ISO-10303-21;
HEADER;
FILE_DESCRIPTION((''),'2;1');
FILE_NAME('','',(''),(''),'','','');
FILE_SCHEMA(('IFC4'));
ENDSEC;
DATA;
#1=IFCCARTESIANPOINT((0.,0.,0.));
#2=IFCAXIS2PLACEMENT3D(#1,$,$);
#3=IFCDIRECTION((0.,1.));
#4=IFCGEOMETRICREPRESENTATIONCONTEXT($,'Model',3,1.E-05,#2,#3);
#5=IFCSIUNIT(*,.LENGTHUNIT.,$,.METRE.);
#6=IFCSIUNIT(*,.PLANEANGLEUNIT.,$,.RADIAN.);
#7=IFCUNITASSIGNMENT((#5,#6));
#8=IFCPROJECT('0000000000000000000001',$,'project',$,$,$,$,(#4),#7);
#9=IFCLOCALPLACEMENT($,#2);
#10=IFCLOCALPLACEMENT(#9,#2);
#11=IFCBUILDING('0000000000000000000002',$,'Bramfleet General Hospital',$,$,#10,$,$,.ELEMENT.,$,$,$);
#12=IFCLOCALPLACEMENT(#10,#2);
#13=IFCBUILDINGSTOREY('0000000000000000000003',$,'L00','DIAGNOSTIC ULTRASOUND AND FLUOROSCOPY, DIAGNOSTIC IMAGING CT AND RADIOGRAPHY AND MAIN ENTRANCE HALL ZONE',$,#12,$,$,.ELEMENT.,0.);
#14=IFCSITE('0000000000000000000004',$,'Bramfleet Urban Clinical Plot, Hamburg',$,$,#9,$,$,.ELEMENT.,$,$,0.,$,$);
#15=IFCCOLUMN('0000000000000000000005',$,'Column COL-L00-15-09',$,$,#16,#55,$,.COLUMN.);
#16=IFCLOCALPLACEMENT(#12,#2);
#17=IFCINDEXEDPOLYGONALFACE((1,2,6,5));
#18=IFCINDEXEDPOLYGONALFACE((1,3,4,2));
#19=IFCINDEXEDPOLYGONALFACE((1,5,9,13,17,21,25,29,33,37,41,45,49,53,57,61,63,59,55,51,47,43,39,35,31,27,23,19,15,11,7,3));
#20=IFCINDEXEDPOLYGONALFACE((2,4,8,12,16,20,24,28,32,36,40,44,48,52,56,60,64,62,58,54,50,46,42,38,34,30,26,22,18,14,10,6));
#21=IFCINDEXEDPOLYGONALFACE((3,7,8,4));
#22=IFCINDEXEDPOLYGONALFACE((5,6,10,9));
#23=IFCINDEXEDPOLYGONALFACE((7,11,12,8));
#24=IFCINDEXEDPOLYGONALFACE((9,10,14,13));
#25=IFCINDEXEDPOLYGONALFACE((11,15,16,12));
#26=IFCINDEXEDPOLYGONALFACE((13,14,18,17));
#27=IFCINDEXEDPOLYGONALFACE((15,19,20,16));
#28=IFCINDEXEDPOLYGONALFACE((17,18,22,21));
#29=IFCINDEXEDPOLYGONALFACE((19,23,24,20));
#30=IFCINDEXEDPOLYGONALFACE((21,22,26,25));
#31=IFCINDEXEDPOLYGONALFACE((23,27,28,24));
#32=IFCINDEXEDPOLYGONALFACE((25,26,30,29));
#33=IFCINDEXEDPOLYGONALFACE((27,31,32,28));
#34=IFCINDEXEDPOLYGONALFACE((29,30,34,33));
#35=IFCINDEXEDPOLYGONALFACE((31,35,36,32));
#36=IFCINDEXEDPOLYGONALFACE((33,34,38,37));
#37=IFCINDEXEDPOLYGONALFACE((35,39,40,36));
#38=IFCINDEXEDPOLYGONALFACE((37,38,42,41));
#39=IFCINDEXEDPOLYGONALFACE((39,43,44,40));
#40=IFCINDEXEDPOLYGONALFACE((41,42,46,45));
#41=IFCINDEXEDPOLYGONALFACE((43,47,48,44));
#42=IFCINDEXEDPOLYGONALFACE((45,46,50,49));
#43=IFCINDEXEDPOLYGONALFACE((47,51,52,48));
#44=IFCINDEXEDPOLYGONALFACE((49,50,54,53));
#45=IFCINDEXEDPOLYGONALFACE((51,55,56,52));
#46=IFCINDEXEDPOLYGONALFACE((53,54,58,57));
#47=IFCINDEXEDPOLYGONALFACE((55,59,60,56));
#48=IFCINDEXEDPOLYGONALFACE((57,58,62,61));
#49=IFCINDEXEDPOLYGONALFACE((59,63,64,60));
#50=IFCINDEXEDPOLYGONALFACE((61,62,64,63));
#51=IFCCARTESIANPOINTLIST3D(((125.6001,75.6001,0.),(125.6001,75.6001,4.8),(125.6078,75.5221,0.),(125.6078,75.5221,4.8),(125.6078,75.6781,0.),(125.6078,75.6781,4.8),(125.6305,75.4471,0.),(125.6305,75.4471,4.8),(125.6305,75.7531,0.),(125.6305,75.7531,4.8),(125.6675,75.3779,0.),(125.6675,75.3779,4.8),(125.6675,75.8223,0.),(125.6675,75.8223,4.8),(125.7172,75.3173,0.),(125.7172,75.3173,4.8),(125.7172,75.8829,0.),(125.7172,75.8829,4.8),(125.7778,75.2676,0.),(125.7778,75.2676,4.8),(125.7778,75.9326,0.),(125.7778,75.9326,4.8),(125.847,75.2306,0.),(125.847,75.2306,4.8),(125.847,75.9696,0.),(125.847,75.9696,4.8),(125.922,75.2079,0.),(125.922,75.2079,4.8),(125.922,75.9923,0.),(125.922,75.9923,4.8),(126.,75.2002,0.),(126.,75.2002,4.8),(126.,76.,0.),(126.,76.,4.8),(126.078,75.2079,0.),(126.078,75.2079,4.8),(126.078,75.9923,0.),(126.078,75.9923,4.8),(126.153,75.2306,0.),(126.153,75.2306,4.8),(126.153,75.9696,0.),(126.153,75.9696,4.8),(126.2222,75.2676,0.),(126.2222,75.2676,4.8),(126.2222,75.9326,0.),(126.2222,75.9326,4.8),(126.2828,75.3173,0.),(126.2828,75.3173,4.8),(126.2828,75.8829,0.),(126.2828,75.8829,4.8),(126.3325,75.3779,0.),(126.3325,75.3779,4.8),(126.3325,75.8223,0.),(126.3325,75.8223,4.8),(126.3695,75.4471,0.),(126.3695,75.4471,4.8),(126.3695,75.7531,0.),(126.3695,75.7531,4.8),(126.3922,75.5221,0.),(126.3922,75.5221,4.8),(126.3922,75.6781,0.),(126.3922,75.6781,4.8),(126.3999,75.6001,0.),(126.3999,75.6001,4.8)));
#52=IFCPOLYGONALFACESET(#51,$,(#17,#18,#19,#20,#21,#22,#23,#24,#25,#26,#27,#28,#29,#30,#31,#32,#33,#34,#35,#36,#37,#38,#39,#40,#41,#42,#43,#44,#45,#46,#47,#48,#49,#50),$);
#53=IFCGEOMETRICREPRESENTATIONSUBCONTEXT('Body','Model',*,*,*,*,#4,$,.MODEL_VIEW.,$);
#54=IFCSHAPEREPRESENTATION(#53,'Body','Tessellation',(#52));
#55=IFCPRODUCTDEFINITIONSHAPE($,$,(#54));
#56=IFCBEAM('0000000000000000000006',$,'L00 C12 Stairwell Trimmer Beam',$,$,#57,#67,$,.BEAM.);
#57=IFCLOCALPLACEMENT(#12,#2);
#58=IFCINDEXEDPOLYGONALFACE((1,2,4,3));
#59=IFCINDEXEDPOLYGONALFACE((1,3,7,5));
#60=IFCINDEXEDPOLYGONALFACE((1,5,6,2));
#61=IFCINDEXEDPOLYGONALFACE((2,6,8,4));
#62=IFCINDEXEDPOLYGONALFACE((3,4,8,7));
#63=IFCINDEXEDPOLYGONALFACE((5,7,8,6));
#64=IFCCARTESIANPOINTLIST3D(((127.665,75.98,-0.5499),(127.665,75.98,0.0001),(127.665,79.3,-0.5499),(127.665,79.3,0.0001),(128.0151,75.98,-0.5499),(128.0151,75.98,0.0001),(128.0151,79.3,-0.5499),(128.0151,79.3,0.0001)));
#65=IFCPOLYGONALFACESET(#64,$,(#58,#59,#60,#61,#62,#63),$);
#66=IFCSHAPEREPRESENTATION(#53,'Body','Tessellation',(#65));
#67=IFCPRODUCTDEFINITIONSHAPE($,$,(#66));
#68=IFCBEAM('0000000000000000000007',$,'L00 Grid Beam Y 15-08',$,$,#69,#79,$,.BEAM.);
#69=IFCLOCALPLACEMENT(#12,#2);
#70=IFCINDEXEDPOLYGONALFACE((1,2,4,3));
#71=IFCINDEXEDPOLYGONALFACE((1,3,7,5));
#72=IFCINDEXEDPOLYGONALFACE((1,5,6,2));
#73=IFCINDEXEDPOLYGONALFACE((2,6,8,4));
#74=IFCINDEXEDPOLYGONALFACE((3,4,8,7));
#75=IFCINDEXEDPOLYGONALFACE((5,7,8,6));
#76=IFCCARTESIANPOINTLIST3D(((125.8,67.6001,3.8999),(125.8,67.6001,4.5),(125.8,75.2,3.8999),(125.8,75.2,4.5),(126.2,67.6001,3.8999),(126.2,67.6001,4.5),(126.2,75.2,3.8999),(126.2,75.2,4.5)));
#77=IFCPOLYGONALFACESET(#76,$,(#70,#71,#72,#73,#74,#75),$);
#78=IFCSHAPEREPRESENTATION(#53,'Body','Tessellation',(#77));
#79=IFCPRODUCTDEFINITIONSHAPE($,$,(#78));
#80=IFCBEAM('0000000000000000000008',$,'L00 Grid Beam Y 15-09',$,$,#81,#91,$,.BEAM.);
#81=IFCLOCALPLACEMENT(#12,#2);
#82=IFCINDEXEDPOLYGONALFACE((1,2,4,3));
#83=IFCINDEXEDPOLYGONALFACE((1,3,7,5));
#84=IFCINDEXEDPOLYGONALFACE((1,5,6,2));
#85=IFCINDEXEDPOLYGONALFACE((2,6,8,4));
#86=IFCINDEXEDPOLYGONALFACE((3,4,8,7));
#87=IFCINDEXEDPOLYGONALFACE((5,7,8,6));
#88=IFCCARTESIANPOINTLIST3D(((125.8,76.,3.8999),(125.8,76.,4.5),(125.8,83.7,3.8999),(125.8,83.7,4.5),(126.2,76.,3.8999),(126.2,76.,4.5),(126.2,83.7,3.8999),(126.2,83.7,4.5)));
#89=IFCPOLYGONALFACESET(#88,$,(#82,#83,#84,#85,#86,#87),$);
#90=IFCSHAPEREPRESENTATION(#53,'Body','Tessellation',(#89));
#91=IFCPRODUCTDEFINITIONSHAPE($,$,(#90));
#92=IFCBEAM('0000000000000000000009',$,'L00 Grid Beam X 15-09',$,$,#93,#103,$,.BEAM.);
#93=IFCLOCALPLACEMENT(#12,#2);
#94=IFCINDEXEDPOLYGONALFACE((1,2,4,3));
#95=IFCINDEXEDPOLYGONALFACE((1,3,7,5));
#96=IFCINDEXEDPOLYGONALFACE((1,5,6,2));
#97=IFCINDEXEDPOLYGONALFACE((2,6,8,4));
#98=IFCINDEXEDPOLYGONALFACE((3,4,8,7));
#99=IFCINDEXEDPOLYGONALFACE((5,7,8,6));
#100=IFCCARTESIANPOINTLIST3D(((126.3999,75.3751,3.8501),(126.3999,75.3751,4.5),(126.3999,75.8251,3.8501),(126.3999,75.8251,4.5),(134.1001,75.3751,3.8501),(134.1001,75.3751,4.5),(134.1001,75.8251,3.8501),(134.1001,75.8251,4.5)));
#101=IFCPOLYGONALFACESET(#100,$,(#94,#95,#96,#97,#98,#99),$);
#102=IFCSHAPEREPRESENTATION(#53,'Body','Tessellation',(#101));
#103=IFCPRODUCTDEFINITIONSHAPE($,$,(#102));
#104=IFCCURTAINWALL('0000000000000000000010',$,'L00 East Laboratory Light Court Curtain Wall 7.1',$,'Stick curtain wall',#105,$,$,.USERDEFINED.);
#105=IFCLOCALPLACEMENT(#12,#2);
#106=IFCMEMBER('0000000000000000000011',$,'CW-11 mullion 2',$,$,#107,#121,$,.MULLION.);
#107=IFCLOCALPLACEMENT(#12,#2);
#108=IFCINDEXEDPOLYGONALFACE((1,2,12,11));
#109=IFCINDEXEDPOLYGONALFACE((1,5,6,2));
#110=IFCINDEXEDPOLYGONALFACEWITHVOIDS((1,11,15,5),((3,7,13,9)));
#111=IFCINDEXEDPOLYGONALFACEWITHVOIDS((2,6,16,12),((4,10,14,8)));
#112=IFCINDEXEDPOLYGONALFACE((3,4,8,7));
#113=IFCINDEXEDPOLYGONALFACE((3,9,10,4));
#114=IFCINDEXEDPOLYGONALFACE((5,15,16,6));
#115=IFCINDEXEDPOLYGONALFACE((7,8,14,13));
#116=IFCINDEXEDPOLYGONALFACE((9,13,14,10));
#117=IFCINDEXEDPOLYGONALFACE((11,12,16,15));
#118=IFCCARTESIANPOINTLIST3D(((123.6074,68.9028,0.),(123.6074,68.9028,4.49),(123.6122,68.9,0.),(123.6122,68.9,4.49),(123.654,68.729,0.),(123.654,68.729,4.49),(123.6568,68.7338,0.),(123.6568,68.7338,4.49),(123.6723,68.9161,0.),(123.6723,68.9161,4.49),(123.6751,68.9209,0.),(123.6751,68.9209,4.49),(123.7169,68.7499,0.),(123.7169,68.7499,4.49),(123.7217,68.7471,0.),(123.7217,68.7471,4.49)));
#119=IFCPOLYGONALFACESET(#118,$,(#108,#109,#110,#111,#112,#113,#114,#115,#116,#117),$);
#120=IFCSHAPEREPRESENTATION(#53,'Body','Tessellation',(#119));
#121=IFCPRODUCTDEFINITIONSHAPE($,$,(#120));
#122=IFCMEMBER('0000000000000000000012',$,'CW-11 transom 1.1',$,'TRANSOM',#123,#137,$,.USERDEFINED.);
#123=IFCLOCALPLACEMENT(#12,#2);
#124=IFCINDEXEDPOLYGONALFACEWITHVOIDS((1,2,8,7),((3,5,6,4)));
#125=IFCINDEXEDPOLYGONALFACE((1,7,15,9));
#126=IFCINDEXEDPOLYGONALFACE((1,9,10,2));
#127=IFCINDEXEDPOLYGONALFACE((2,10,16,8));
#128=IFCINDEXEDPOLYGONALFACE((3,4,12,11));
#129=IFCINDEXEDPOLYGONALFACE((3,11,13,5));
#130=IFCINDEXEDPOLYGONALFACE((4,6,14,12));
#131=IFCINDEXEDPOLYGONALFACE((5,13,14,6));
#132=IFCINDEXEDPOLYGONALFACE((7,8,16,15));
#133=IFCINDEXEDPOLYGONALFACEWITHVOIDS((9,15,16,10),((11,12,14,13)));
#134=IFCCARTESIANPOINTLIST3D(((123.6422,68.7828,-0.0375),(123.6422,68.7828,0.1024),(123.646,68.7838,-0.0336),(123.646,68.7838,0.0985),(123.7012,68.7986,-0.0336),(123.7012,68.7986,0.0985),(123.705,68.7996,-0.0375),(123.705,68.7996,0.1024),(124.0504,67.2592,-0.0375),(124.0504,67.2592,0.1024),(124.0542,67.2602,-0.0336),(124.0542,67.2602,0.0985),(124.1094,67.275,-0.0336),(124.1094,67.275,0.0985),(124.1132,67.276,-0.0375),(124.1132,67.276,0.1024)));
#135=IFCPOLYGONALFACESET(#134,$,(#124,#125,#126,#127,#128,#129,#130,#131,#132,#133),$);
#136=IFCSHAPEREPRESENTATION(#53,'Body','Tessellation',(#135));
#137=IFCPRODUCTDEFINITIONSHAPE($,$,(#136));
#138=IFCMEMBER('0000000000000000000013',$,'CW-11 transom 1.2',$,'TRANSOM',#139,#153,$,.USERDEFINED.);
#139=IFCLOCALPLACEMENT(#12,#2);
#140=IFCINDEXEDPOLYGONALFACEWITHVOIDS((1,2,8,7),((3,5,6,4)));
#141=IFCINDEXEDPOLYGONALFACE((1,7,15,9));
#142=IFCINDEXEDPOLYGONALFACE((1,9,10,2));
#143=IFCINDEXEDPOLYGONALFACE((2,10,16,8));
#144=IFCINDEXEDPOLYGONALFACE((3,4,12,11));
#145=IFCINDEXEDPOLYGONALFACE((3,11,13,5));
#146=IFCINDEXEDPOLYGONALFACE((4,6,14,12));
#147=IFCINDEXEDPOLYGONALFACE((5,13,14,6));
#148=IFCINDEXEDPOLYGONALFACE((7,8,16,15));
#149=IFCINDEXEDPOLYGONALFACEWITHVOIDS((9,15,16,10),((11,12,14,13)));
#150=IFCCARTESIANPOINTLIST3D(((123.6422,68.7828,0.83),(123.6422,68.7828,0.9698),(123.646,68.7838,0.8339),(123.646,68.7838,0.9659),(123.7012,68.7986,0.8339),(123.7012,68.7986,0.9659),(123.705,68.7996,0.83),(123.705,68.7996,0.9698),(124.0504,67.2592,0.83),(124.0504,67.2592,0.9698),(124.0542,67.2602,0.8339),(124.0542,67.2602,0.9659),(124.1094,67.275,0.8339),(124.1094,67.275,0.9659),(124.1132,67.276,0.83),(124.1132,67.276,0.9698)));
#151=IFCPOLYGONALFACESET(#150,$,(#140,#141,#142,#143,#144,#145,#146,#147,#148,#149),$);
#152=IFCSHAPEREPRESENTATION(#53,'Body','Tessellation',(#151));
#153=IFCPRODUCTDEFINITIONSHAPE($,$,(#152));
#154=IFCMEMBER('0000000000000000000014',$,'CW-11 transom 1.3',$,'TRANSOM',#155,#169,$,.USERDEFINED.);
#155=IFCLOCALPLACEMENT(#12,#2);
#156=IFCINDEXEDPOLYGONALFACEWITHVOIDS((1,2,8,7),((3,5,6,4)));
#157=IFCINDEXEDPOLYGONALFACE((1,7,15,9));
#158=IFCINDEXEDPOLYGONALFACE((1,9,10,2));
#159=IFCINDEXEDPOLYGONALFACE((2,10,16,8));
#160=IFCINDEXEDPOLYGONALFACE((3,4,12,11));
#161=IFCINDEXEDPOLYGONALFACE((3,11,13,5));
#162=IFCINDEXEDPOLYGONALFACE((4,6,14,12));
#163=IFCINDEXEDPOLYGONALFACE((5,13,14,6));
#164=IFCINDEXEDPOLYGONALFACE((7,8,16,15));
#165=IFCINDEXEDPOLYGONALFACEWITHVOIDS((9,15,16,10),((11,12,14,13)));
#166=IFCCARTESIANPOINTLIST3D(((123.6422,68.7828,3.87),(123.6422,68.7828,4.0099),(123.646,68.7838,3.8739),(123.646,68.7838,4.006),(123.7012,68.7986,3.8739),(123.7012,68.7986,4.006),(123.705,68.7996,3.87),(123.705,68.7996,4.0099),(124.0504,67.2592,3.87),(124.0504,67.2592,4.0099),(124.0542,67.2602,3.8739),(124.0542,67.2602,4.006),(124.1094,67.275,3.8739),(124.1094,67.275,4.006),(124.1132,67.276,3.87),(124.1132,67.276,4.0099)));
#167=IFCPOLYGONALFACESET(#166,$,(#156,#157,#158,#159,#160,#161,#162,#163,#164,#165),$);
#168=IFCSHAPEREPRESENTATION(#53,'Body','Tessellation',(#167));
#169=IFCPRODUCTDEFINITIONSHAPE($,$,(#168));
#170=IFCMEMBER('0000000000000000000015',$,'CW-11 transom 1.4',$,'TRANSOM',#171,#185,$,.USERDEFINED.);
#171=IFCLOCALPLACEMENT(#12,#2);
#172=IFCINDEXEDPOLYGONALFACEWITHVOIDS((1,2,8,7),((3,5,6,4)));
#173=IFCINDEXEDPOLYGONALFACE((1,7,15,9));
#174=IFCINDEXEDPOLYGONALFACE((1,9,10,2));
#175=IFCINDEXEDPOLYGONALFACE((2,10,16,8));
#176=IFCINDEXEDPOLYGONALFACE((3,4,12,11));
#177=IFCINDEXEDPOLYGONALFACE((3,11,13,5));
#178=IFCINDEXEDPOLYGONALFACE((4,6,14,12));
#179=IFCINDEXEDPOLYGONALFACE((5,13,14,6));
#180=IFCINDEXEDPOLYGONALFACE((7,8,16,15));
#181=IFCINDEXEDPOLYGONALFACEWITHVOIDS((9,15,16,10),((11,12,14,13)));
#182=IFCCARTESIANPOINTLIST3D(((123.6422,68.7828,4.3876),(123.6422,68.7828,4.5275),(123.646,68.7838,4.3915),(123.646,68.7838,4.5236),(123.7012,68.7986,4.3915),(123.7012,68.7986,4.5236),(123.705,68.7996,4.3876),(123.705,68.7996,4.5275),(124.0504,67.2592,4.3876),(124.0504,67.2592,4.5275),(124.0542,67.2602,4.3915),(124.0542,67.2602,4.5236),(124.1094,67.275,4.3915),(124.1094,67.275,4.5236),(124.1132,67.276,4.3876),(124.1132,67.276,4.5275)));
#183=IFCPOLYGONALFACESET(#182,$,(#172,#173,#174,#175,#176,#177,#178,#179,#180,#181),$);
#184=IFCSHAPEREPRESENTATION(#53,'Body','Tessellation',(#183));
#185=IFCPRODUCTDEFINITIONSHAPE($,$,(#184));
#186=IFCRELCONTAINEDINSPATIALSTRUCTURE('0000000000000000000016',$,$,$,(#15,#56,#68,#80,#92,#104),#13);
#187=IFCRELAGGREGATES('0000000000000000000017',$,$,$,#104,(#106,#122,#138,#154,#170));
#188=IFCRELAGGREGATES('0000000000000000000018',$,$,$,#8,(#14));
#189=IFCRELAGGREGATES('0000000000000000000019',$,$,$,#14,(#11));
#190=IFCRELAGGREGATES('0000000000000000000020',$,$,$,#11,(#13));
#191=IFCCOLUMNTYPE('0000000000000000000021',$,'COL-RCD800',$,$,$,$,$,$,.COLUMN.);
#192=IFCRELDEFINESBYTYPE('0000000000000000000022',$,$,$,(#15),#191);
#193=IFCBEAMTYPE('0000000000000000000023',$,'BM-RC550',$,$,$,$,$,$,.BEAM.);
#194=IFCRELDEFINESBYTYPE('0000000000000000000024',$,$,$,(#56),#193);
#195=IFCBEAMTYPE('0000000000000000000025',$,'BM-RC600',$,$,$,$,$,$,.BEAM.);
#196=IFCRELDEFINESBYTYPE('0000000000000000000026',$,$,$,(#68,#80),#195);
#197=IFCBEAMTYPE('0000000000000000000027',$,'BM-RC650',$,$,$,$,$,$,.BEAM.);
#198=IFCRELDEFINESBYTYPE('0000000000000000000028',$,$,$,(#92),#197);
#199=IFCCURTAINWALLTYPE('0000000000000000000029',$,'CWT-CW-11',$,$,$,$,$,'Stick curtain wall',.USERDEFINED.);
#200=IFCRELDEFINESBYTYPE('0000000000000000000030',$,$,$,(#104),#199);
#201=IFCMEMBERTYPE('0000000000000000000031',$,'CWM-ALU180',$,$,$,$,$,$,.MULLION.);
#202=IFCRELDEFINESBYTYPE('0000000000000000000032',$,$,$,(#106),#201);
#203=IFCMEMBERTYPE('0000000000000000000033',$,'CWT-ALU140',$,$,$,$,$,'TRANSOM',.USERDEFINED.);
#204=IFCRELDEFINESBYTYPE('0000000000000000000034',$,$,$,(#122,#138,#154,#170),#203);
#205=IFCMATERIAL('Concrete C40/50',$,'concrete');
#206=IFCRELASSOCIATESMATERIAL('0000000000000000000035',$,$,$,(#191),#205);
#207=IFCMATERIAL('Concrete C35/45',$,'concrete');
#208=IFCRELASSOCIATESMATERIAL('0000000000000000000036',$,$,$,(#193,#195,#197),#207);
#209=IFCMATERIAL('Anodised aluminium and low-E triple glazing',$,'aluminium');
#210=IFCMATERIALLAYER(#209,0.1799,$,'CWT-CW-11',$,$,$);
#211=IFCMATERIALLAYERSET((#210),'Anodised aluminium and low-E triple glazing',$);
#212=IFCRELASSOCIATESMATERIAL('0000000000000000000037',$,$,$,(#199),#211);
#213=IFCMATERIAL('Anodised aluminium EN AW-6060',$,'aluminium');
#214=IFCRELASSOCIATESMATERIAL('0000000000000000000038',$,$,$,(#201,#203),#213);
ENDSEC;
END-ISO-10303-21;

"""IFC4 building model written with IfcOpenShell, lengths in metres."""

from ifc_helpers import new_model, si_unit, direction, frame, origin, origin_2d, place, context, subcontext, project, spatial, rectangle, hollow_rectangle, circle, extrude, material, layer, layer_set, material_profile, profile_set, type_object, element, aggregate, save


model = new_model("IFC4")

# Units and contexts
model_context = context("Model", 3, precision=1e-05, world=origin(), true_north=direction((0.0, 1.0)))
body_context = subcontext(model_context, "Body", "Model", "MODEL_VIEW")
ifc_project = project(units=[si_unit("LENGTHUNIT", "METRE"), si_unit("PLANEANGLEUNIT", "RADIAN")], contexts=[model_context])

# Site, building, storey
site_placement = place(None, origin())
site = spatial("IfcSite", under=ifc_project, at=site_placement, Name="Bramfleet Urban Clinical Plot, Hamburg", CompositionType="ELEMENT", RefElevation=0.0)
building_placement = place(site_placement, origin())
building = spatial("IfcBuilding", under=site, at=building_placement, Name="Bramfleet General Hospital", CompositionType="ELEMENT")
storey_placement = place(building_placement, origin())
storey = spatial("IfcBuildingStorey", under=building, at=storey_placement, Name="L00", Description="DIAGNOSTIC ULTRASOUND AND FLUOROSCOPY, DIAGNOSTIC IMAGING CT AND RADIOGRAPHY AND MAIN ENTRANCE HALL ZONE", CompositionType="ELEMENT", Elevation=0.0)

# Column
ifc_material_1 = material(Name="Concrete C40/50", Category="concrete")
ifc_material_profile_1 = material_profile(ifc_material_1, circle(Radius=0.3999, at=origin_2d()), Name="RC ROUND D800")
ifc_profile_set_1 = profile_set([ifc_material_profile_1], Name="Concrete C40/50")
column_type = type_object("IfcColumnType", Name="COL-RCD800", PredefinedType="COLUMN", material=ifc_profile_set_1)
column_placement = place(storey_placement, frame((126.0, 75.6001, 0.0), z_axis=(0.0, 0.0, 1.0), x_axis=(1.0, 0.0, 0.0)))
element("IfcColumn", 1, at=column_placement, inside=storey, type_object=column_type, Name="Column COL-L00-15-09", PredefinedType="COLUMN", context=body_context, shape_type="SweptSolid", body=[
    extrude(circle(Radius=0.3999, at=origin_2d()), origin(), (0.0, 0.0, 1.0), 4.8),
])

# Beams
ifc_material_2 = material(Name="Concrete C35/45", Category="concrete")
ifc_material_profile_2 = material_profile(ifc_material_2, rectangle(XDim=0.3501, YDim=0.55, at=origin_2d()), Name="RC BM 550x350")
ifc_profile_set_2 = profile_set([ifc_material_profile_2], Name="Concrete C35/45")
beam_type_1 = type_object("IfcBeamType", Name="BM-RC550", PredefinedType="BEAM", material=ifc_profile_set_2)
beam_1_placement = place(storey_placement, frame((127.8401, 75.98, -0.2749), z_axis=(0.0, 1.0, 0.0), x_axis=(-1.0, 0.0, 0.0)))
element("IfcBeam", 2, at=beam_1_placement, inside=storey, type_object=beam_type_1, Name="L00 C12 Stairwell Trimmer Beam", PredefinedType="BEAM", context=body_context, shape_type="SweptSolid", body=[
    extrude(rectangle(XDim=0.3501, YDim=0.55, at=origin_2d()), origin(), (0.0, 0.0, 1.0), 3.3201),
])
ifc_material_profile_3 = material_profile(ifc_material_2, rectangle(XDim=0.3999, YDim=0.6001, at=origin_2d()), Name="RC BM 600x400")
ifc_profile_set_3 = profile_set([ifc_material_profile_3], Name="Concrete C35/45")
beam_type_2 = type_object("IfcBeamType", Name="BM-RC600", PredefinedType="BEAM", material=ifc_profile_set_3)
beam_2_placement = place(storey_placement, frame((126.0, 67.6001, 4.2), z_axis=(0.0, 1.0, 0.0), x_axis=(-1.0, 0.0, 0.0)))
element("IfcBeam", 3, at=beam_2_placement, inside=storey, type_object=beam_type_2, Name="L00 Grid Beam Y 15-08", PredefinedType="BEAM", context=body_context, shape_type="SweptSolid", body=[
    extrude(rectangle(XDim=0.3999, YDim=0.6001, at=origin_2d()), origin(), (0.0, 0.0, 1.0), 7.5999),
])
beam_3_placement = place(storey_placement, frame((126.0, 76.0, 4.2), z_axis=(0.0, 1.0, 0.0), x_axis=(-1.0, 0.0, 0.0)))
element("IfcBeam", 4, at=beam_3_placement, inside=storey, type_object=beam_type_2, Name="L00 Grid Beam Y 15-09", PredefinedType="BEAM", context=body_context, shape_type="SweptSolid", body=[
    extrude(rectangle(XDim=0.3999, YDim=0.6001, at=origin_2d()), origin(), (0.0, 0.0, 1.0), 7.7),
])
ifc_material_profile_4 = material_profile(ifc_material_2, rectangle(XDim=0.45, YDim=0.6499, at=origin_2d()), Name="RC BM 650x450")
ifc_profile_set_4 = profile_set([ifc_material_profile_4], Name="Concrete C35/45")
beam_type_3 = type_object("IfcBeamType", Name="BM-RC650", PredefinedType="BEAM", material=ifc_profile_set_4)
beam_4_placement = place(storey_placement, frame((126.3999, 75.6001, 4.175), z_axis=(1.0, 0.0, 0.0), x_axis=(0.0, 1.0, 0.0)))
element("IfcBeam", 5, at=beam_4_placement, inside=storey, type_object=beam_type_3, Name="L00 Grid Beam X 15-09", PredefinedType="BEAM", context=body_context, shape_type="SweptSolid", body=[
    extrude(rectangle(XDim=0.45, YDim=0.6499, at=origin_2d()), origin(), (0.0, 0.0, 1.0), 7.7002),
])

# Curtain wall, members
ifc_material_3 = material(Name="Anodised aluminium and low-E triple glazing", Category="aluminium")
ifc_layer_1 = layer(ifc_material_3, 0.1799, Name="CWT-CW-11")
ifc_layer_set_1 = layer_set([ifc_layer_1], Name="Anodised aluminium and low-E triple glazing")
curtain_wall_type = type_object("IfcCurtainWallType", Name="CWT-CW-11", ElementType="Stick curtain wall", PredefinedType="USERDEFINED", material=ifc_layer_set_1)
curtain_wall_placement = place(storey_placement, origin())
curtain_wall = element("IfcCurtainWall", 6, at=curtain_wall_placement, inside=storey, type_object=curtain_wall_type, Name="L00 East Laboratory Light Court Curtain Wall 7.1", ObjectType="Stick curtain wall", PredefinedType="USERDEFINED")
ifc_material_4 = material(Name="Anodised aluminium EN AW-6060", Category="aluminium")
ifc_material_profile_5 = material_profile(ifc_material_4, hollow_rectangle(XDim=0.0701, YDim=0.1799, WallThickness=0.0039, at=origin_2d()), Name="ALU 180x70x4.0")
ifc_profile_set_5 = profile_set([ifc_material_profile_5], Name="Anodised aluminium EN AW-6060")
member_type_1 = type_object("IfcMemberType", Name="CWM-ALU180", PredefinedType="MULLION", material=ifc_profile_set_5)
member_1_placement = place(storey_placement, frame((123.6646, 68.825, 0.0), z_axis=(0.0, 0.0, 1.0), x_axis=(-0.965914, -0.258865, 0.0)))
member_1 = element("IfcMember", 7, at=member_1_placement, type_object=member_type_1, Name="CW-11 mullion 2", PredefinedType="MULLION", context=body_context, shape_type="SweptSolid", body=[
    extrude(hollow_rectangle(XDim=0.0701, YDim=0.1799, WallThickness=0.0039, at=origin_2d()), origin(), (0.0, 0.0, 1.0), 4.49),
])
ifc_material_profile_6 = material_profile(ifc_material_4, hollow_rectangle(XDim=0.0649, YDim=0.1399, WallThickness=0.0039, at=origin_2d()), Name="ALU 140x65x4.0")
ifc_profile_set_6 = profile_set([ifc_material_profile_6], Name="Anodised aluminium EN AW-6060")
member_type_2 = type_object("IfcMemberType", Name="CWT-ALU140", ElementType="TRANSOM", PredefinedType="USERDEFINED", material=ifc_profile_set_6)
member_2_placement = place(storey_placement, frame((124.0818, 67.2676, 0.0325), z_axis=(-0.25878, 0.965936, 0.0), x_axis=(-0.965936, -0.25878, 0.0)))
member_2 = element("IfcMember", 8, at=member_2_placement, type_object=member_type_2, Name="CW-11 transom 1.1", ObjectType="TRANSOM", PredefinedType="USERDEFINED", context=body_context, shape_type="SweptSolid", body=[
    extrude(hollow_rectangle(XDim=0.0649, YDim=0.1399, WallThickness=0.0039, at=origin_2d()), origin(), (0.0, 0.0, 1.0), 1.5774),
])
member_3_placement = place(storey_placement, frame((124.0818, 67.2676, 0.8999), z_axis=(-0.25878, 0.965936, 0.0), x_axis=(-0.965936, -0.25878, 0.0)))
member_3 = element("IfcMember", 9, at=member_3_placement, type_object=member_type_2, Name="CW-11 transom 1.2", ObjectType="TRANSOM", PredefinedType="USERDEFINED", context=body_context, shape_type="SweptSolid", body=[
    extrude(hollow_rectangle(XDim=0.0649, YDim=0.1399, WallThickness=0.0039, at=origin_2d()), origin(), (0.0, 0.0, 1.0), 1.5774),
])
member_4_placement = place(storey_placement, frame((124.0818, 67.2676, 3.9399), z_axis=(-0.25878, 0.965936, 0.0), x_axis=(-0.965936, -0.25878, 0.0)))
member_4 = element("IfcMember", 10, at=member_4_placement, type_object=member_type_2, Name="CW-11 transom 1.3", ObjectType="TRANSOM", PredefinedType="USERDEFINED", context=body_context, shape_type="SweptSolid", body=[
    extrude(hollow_rectangle(XDim=0.0649, YDim=0.1399, WallThickness=0.0039, at=origin_2d()), origin(), (0.0, 0.0, 1.0), 1.5774),
])
member_5_placement = place(storey_placement, frame((124.0818, 67.2676, 4.4575), z_axis=(-0.25878, 0.965936, 0.0), x_axis=(-0.965936, -0.25878, 0.0)))
member_5 = element("IfcMember", 11, at=member_5_placement, type_object=member_type_2, Name="CW-11 transom 1.4", ObjectType="TRANSOM", PredefinedType="USERDEFINED", context=body_context, shape_type="SweptSolid", body=[
    extrude(hollow_rectangle(XDim=0.0649, YDim=0.1399, WallThickness=0.0039, at=origin_2d()), origin(), (0.0, 0.0, 1.0), 1.5774),
])
aggregate(curtain_wall, [member_1, member_2, member_3, member_4, member_5])

save(model, "model.ifc")
